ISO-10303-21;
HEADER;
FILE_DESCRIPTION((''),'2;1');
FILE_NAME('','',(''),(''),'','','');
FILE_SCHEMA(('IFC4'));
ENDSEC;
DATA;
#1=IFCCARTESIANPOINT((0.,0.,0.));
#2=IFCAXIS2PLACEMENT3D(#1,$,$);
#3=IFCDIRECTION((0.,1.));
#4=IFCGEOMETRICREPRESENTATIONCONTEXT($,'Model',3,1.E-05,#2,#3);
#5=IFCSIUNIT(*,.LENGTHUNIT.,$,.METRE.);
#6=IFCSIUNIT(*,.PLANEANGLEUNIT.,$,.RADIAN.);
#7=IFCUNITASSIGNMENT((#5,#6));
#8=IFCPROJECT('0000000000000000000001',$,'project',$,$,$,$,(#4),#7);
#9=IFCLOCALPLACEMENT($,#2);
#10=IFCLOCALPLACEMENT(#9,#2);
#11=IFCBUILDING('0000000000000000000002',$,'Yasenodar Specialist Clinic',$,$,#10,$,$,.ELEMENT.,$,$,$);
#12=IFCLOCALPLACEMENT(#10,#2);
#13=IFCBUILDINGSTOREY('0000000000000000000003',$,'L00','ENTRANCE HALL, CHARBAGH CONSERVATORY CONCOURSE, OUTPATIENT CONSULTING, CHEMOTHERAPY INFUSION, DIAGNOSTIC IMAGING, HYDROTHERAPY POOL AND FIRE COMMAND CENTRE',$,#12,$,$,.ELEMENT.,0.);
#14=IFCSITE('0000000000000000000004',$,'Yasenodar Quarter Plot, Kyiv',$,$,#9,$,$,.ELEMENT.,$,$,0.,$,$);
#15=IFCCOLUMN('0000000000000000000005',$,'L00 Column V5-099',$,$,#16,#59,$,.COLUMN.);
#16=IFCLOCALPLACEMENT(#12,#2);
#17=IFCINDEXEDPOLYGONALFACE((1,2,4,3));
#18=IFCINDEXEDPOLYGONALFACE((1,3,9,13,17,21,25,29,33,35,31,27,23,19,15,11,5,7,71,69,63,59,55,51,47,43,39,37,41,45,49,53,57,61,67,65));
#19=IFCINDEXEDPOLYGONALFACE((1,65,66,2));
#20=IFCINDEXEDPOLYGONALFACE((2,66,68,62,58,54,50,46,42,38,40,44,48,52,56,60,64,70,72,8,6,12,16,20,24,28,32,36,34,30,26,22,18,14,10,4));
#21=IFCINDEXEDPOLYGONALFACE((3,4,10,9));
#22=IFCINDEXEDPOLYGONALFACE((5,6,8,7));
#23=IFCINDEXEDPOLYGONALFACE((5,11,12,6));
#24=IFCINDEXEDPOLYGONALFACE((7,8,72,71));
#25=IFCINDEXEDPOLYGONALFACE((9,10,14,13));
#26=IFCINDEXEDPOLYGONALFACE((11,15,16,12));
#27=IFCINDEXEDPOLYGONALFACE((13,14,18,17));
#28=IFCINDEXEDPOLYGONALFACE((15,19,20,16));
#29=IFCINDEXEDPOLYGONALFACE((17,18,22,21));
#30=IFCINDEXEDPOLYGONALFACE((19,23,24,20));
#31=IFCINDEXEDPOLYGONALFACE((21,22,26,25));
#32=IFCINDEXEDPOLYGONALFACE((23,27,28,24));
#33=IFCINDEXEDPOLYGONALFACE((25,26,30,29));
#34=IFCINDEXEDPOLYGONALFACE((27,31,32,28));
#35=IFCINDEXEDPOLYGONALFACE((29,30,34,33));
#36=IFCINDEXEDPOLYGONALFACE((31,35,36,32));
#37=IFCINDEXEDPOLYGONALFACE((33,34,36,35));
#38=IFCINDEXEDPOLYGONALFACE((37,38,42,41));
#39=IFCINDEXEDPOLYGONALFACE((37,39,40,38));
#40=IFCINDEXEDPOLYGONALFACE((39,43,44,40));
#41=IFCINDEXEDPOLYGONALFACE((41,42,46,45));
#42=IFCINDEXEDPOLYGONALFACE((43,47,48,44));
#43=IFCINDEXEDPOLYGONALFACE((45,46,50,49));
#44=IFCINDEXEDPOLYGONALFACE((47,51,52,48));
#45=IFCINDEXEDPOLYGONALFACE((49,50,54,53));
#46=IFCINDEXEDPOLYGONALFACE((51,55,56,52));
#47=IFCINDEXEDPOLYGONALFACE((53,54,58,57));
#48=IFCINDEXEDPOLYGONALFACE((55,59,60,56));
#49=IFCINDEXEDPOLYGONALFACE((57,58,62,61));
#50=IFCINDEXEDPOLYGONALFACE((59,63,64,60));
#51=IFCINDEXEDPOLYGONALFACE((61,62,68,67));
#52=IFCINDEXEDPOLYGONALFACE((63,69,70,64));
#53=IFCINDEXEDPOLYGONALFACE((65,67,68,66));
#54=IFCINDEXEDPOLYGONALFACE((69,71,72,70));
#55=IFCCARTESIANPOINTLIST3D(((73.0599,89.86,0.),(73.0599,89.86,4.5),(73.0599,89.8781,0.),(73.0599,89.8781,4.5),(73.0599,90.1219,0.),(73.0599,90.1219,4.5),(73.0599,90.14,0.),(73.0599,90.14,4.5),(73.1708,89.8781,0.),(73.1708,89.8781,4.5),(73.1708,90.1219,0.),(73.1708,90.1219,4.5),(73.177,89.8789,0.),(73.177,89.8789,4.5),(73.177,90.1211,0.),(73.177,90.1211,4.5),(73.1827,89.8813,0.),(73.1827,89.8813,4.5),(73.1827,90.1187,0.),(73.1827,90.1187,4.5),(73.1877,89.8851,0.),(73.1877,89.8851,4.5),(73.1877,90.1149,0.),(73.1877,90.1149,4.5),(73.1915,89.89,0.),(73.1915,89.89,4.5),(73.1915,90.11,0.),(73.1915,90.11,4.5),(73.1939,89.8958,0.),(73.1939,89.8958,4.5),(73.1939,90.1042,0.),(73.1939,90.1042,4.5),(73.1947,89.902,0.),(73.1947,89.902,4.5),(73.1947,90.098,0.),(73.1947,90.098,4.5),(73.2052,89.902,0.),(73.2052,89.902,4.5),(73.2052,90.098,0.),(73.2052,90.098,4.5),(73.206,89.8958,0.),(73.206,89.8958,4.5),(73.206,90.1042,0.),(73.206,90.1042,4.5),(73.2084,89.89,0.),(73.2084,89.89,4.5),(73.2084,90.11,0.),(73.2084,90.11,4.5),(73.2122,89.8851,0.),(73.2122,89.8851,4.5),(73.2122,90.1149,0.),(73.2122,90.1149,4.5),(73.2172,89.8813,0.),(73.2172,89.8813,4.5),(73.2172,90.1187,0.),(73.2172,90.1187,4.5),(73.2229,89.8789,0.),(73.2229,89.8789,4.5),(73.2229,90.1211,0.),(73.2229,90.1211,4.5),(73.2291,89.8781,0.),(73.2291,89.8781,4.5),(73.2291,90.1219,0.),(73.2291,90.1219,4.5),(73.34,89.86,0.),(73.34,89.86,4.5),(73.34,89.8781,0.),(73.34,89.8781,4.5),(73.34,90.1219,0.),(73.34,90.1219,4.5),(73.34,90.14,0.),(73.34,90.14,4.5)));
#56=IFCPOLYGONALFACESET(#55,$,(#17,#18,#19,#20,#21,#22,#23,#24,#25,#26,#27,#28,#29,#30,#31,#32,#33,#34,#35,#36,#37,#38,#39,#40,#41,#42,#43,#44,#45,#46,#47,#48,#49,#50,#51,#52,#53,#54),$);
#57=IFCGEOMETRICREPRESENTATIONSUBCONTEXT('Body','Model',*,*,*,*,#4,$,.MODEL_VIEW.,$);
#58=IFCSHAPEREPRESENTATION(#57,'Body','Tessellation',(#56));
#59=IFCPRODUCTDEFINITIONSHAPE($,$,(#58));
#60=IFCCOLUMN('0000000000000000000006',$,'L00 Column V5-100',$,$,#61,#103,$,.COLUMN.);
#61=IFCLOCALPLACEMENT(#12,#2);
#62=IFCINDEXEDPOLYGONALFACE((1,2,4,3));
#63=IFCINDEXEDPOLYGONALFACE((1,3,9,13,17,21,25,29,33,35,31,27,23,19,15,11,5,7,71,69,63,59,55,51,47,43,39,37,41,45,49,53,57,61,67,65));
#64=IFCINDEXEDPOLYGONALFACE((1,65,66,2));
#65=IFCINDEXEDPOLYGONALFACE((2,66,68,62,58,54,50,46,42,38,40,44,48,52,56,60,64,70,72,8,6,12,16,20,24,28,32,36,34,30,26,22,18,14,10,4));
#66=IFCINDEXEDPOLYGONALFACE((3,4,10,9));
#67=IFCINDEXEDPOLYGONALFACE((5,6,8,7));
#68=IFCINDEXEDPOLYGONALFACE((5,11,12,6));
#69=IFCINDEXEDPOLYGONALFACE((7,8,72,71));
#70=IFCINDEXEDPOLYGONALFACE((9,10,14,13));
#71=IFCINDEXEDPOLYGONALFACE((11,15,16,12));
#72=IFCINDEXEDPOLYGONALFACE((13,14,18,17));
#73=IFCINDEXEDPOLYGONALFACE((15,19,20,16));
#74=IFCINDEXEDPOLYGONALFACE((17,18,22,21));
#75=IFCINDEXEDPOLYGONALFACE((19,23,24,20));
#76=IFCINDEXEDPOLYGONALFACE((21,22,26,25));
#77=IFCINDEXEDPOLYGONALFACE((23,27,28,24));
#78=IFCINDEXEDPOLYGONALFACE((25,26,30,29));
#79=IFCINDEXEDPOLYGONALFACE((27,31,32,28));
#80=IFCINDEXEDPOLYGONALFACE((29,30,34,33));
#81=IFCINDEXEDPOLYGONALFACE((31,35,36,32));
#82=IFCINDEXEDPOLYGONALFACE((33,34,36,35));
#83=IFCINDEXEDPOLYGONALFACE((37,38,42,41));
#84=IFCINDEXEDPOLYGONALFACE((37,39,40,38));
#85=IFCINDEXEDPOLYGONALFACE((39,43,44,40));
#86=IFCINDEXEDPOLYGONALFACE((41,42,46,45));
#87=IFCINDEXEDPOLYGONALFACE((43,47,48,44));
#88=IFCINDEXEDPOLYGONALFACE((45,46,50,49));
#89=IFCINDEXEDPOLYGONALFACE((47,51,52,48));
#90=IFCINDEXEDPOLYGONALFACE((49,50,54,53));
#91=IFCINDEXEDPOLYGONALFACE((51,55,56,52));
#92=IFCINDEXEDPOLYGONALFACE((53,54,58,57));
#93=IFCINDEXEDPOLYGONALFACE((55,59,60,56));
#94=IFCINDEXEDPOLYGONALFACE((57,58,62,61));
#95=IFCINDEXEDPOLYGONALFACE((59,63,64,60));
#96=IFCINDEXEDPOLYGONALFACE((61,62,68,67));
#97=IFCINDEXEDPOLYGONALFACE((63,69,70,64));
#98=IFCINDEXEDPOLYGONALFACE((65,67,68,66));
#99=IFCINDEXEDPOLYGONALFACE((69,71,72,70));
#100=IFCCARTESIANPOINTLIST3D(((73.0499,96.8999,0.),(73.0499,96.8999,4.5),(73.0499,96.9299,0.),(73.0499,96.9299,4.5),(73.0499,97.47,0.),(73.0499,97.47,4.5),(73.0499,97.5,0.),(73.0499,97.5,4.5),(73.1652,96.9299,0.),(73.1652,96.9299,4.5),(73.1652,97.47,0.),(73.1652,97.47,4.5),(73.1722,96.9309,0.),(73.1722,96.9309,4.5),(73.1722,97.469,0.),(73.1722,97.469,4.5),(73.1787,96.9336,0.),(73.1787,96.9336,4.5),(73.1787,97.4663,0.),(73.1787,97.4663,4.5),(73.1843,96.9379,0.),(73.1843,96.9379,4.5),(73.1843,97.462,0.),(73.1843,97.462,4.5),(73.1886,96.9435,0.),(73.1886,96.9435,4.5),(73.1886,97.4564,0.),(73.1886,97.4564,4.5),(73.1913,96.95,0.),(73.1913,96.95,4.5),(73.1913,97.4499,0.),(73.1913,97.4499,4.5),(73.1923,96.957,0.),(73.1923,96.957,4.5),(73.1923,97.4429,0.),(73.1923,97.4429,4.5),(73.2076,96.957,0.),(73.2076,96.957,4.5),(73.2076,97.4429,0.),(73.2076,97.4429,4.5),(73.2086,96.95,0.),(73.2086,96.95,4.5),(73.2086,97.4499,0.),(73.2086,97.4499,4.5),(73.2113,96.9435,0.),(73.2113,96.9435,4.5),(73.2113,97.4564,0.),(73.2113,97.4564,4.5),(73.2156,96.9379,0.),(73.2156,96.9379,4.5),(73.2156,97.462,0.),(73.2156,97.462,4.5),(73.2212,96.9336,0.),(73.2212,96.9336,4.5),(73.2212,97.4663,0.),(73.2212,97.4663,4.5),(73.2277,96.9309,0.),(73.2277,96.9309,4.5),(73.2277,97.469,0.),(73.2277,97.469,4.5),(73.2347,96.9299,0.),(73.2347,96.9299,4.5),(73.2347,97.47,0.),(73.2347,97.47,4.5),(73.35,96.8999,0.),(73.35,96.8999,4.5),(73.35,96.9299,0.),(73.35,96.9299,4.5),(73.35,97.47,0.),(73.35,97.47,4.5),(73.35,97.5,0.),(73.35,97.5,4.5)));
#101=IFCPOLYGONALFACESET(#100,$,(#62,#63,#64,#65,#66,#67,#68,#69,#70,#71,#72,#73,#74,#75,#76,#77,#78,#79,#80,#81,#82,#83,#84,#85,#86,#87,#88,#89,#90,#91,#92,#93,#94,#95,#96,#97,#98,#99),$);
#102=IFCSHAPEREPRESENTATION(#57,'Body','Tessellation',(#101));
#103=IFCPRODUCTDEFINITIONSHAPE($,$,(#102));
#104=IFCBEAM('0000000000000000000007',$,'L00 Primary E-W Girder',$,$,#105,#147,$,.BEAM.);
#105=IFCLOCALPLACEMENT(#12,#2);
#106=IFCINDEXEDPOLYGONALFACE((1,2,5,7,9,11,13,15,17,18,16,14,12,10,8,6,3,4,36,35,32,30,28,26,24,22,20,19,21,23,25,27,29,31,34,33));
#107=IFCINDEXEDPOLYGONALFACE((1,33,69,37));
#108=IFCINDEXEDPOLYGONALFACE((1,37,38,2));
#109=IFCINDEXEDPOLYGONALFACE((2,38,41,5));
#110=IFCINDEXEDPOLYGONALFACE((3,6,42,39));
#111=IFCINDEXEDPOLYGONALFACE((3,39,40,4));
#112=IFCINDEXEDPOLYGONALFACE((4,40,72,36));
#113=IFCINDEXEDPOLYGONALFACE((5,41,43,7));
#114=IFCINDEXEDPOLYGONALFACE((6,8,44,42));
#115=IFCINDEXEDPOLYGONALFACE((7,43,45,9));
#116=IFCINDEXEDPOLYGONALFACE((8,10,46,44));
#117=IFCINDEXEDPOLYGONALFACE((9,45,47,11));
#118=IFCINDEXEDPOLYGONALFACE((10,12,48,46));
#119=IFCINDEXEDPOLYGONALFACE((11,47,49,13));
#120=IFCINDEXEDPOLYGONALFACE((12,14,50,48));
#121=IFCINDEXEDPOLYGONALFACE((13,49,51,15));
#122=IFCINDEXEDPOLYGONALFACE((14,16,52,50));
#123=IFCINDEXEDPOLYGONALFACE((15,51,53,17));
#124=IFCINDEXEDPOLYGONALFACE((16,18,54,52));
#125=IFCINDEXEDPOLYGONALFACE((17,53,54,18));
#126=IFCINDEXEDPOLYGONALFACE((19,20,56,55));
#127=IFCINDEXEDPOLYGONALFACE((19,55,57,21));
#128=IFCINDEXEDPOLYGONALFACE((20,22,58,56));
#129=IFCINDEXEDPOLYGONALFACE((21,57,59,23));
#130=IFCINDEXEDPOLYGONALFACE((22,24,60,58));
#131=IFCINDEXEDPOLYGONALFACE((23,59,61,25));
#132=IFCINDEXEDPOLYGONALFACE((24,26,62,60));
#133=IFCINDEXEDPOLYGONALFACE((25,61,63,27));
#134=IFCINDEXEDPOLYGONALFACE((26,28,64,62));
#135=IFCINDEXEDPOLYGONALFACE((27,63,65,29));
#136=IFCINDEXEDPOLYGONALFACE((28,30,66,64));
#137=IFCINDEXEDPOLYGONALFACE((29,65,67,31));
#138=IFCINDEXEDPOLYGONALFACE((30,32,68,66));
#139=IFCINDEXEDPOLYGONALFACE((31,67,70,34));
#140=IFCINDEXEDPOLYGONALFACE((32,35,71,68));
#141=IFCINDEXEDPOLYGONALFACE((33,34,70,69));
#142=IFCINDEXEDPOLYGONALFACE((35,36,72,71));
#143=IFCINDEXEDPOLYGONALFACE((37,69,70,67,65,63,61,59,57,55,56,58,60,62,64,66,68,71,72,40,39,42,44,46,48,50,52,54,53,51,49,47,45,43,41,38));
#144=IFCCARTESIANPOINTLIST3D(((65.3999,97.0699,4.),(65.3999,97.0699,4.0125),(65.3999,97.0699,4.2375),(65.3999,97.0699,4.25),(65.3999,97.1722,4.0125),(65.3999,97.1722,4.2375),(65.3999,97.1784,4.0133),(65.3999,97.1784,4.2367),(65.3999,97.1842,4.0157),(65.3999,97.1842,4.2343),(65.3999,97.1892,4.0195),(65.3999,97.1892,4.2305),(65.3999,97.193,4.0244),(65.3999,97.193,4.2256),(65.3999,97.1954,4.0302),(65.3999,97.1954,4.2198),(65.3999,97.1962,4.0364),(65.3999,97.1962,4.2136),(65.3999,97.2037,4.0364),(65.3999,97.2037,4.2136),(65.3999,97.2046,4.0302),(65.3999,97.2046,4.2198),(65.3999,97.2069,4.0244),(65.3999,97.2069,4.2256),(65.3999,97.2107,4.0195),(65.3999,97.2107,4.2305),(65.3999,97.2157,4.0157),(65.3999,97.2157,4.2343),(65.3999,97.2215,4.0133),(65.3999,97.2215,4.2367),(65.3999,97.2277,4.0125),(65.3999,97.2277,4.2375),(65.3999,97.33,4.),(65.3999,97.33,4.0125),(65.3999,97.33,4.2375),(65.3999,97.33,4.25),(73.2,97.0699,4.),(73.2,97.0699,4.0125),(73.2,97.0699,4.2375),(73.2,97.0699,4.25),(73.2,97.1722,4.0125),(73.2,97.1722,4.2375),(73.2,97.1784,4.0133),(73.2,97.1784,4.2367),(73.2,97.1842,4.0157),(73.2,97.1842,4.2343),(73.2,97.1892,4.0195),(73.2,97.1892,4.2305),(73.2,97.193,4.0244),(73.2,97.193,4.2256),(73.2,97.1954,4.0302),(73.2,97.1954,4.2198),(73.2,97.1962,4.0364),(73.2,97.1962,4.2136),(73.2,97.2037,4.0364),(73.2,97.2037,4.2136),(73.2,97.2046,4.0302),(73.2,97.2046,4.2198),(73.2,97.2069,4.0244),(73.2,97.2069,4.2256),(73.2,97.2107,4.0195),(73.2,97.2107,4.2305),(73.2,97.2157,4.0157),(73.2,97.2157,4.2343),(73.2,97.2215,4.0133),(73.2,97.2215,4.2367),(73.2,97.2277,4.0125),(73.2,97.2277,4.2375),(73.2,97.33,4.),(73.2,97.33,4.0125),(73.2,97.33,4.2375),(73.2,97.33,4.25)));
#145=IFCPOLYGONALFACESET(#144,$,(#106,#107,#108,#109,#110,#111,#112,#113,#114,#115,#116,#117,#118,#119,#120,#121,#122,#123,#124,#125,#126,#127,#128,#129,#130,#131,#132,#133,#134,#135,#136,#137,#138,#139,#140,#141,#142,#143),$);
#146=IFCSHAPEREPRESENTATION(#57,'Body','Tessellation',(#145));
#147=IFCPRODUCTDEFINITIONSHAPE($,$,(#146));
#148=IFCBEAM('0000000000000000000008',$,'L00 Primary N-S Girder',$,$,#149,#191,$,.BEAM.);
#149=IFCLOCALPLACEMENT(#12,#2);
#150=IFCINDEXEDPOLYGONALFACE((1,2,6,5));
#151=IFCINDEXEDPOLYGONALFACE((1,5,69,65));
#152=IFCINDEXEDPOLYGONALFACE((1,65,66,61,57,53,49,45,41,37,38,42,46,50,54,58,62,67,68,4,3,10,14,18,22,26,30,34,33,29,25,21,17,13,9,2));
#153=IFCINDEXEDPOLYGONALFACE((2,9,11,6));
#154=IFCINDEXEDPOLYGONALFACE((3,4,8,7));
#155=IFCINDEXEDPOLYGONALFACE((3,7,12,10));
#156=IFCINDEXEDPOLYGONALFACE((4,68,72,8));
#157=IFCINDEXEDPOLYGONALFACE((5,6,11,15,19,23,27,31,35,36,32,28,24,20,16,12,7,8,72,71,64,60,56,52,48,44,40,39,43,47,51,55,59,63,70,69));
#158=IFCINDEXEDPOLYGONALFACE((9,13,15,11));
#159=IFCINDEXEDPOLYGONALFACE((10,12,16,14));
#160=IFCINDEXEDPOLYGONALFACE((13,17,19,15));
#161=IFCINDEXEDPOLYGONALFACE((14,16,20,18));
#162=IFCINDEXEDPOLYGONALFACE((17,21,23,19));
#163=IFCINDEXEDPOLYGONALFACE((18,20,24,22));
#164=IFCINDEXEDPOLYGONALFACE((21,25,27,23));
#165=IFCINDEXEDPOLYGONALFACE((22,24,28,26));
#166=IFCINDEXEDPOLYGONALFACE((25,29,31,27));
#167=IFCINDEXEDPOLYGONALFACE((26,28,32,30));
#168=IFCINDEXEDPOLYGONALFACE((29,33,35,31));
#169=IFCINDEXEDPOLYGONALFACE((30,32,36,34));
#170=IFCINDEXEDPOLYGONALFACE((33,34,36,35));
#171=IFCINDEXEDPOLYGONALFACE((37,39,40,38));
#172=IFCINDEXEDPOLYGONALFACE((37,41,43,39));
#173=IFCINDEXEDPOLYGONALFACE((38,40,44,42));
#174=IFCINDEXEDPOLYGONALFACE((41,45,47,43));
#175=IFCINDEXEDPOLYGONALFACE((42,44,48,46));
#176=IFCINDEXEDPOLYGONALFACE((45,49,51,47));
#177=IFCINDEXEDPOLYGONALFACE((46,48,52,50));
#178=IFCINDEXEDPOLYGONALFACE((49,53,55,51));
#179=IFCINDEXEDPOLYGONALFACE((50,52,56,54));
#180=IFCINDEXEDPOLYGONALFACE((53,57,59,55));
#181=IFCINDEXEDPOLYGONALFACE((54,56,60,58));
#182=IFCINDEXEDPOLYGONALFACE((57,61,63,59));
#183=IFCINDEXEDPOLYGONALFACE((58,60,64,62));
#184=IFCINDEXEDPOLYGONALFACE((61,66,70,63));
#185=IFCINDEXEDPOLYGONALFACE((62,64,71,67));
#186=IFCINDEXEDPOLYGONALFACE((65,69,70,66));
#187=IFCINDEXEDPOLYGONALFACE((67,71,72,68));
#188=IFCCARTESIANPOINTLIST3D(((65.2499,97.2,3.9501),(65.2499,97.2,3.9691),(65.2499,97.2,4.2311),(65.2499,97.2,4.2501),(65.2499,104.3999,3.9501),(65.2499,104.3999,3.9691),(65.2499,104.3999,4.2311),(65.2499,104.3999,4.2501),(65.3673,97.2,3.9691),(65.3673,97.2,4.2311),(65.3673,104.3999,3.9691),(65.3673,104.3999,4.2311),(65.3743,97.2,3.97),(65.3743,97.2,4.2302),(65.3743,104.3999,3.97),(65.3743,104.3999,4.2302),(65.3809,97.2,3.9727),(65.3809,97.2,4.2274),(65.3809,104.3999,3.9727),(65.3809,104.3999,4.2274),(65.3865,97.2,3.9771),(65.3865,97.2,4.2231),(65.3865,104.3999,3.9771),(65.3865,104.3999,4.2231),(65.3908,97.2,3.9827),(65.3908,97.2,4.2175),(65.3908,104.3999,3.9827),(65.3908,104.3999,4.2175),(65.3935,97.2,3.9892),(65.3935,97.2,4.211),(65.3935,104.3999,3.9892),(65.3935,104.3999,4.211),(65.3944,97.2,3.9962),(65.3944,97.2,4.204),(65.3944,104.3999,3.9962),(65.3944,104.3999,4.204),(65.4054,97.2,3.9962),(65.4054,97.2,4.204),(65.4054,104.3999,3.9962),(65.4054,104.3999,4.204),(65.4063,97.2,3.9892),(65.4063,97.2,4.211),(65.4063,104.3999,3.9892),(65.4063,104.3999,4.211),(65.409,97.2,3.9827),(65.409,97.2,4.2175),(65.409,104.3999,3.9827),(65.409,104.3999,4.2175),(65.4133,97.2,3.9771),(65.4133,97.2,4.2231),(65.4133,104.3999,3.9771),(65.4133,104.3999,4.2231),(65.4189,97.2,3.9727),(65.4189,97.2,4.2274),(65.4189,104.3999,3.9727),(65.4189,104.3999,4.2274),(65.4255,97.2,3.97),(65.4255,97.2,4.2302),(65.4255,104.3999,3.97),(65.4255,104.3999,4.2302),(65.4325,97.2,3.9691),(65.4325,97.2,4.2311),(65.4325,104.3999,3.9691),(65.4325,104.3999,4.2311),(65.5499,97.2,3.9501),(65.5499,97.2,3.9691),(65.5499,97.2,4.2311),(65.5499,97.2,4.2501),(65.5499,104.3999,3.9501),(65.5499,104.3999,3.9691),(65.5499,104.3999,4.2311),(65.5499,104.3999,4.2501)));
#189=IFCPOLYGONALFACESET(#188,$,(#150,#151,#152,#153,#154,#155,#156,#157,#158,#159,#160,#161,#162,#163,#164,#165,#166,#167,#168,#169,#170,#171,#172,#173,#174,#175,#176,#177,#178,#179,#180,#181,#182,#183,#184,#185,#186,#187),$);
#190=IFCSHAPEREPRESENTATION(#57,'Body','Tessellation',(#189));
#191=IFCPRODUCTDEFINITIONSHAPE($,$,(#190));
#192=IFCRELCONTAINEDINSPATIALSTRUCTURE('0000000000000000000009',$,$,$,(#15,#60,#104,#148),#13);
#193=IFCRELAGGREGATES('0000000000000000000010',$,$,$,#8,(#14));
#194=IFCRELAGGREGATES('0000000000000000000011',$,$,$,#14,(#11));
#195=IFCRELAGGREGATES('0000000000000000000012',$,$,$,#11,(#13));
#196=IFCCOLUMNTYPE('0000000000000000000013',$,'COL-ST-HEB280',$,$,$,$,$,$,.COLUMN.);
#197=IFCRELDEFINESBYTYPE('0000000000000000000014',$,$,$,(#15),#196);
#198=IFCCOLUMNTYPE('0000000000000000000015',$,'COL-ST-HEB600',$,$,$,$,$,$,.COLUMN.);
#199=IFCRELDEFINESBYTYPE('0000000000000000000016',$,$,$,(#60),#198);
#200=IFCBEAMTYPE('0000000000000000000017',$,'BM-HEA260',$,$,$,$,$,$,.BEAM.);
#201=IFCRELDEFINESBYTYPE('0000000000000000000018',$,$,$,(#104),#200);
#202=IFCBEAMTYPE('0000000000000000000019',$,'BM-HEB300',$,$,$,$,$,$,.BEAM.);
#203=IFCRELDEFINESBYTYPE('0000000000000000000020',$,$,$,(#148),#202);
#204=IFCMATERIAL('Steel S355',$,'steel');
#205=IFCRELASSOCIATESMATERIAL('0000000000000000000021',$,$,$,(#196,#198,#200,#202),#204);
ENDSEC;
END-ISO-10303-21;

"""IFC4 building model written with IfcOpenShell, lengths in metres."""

from ifc_helpers import new_model, si_unit, direction, frame, origin, origin_2d, place, context, subcontext, project, spatial, i_section, extrude, material, material_profile, profile_set, type_object, element, save


model = new_model("IFC4")

# Units and contexts
model_context = context("Model", 3, precision=1e-05, world=origin(), true_north=direction((0.0, 1.0)))
body_context = subcontext(model_context, "Body", "Model", "MODEL_VIEW")
ifc_project = project(units=[si_unit("LENGTHUNIT", "METRE"), si_unit("PLANEANGLEUNIT", "RADIAN")], contexts=[model_context])

# Site, building, storey
site_placement = place(None, origin())
site = spatial("IfcSite", under=ifc_project, at=site_placement, Name="Yasenodar Quarter Plot, Kyiv", CompositionType="ELEMENT", RefElevation=0.0)
building_placement = place(site_placement, origin())
building = spatial("IfcBuilding", under=site, at=building_placement, Name="Yasenodar Specialist Clinic", CompositionType="ELEMENT")
storey_placement = place(building_placement, origin())
storey = spatial("IfcBuildingStorey", under=building, at=storey_placement, Name="L00", Description="ENTRANCE HALL, CHARBAGH CONSERVATORY CONCOURSE, OUTPATIENT CONSULTING, CHEMOTHERAPY INFUSION, DIAGNOSTIC IMAGING, HYDROTHERAPY POOL AND FIRE COMMAND CENTRE", CompositionType="ELEMENT", Elevation=0.0)

# Columns
ifc_material_1 = material(Name="Steel S355", Category="steel")
ifc_material_profile_1 = material_profile(ifc_material_1, i_section(OverallWidth=0.28, OverallDepth=0.28, WebThickness=0.0105, FlangeThickness=0.0181, FilletRadius=0.0239, at=origin_2d()), Name="HEB 280")
ifc_profile_set_1 = profile_set([ifc_material_profile_1], Name="Steel S355")
column_type_1 = type_object("IfcColumnType", Name="COL-ST-HEB280", PredefinedType="COLUMN", material=ifc_profile_set_1)
column_1_placement = place(storey_placement, frame((73.2, 90.0, 0.0), z_axis=(0.0, 0.0, 1.0), x_axis=(1.0, 0.0, 0.0)))
element("IfcColumn", 1, at=column_1_placement, inside=storey, type_object=column_type_1, Name="L00 Column V5-099", PredefinedType="COLUMN", context=body_context, shape_type="SweptSolid", body=[
    extrude(i_section(OverallWidth=0.28, OverallDepth=0.28, WebThickness=0.0105, FlangeThickness=0.0181, FilletRadius=0.0239, at=origin_2d()), origin(), (0.0, 0.0, 1.0), 4.5),
])
ifc_material_profile_2 = material_profile(ifc_material_1, i_section(OverallWidth=0.3, OverallDepth=0.6001, WebThickness=0.0154, FlangeThickness=0.03, FilletRadius=0.0271, at=origin_2d()), Name="HEB 600")
ifc_profile_set_2 = profile_set([ifc_material_profile_2], Name="Steel S355")
column_type_2 = type_object("IfcColumnType", Name="COL-ST-HEB600", PredefinedType="COLUMN", material=ifc_profile_set_2)
column_2_placement = place(storey_placement, frame((73.2, 97.2, 0.0), z_axis=(0.0, 0.0, 1.0), x_axis=(1.0, 0.0, 0.0)))
element("IfcColumn", 2, at=column_2_placement, inside=storey, type_object=column_type_2, Name="L00 Column V5-100", PredefinedType="COLUMN", context=body_context, shape_type="SweptSolid", body=[
    extrude(i_section(OverallWidth=0.3, OverallDepth=0.6001, WebThickness=0.0154, FlangeThickness=0.03, FilletRadius=0.0271, at=origin_2d()), origin(), (0.0, 0.0, 1.0), 4.5),
])

# Beams
ifc_material_profile_3 = material_profile(ifc_material_1, i_section(OverallWidth=0.26, OverallDepth=0.25, WebThickness=0.0076, FlangeThickness=0.0125, FilletRadius=0.0239, at=origin_2d()), Name="HEA 260")
ifc_profile_set_3 = profile_set([ifc_material_profile_3], Name="Steel S355")
beam_type_1 = type_object("IfcBeamType", Name="BM-HEA260", PredefinedType="BEAM", material=ifc_profile_set_3)
beam_1_placement = place(storey_placement, frame((65.3999, 97.2, 4.125), z_axis=(1.0, 0.0, 0.0), x_axis=(0.0, 1.0, 0.0)))
element("IfcBeam", 3, at=beam_1_placement, inside=storey, type_object=beam_type_1, Name="L00 Primary E-W Girder", PredefinedType="BEAM", context=body_context, shape_type="SweptSolid", body=[
    extrude(i_section(OverallWidth=0.26, OverallDepth=0.25, WebThickness=0.0076, FlangeThickness=0.0125, FilletRadius=0.0239, at=origin_2d()), origin(), (0.0, 0.0, 1.0), 7.8),
])
ifc_material_profile_4 = material_profile(ifc_material_1, i_section(OverallWidth=0.3, OverallDepth=0.3, WebThickness=0.011, FlangeThickness=0.019, FilletRadius=0.0271, at=origin_2d()), Name="HEB 300")
ifc_profile_set_4 = profile_set([ifc_material_profile_4], Name="Steel S355")
beam_type_2 = type_object("IfcBeamType", Name="BM-HEB300", PredefinedType="BEAM", material=ifc_profile_set_4)
beam_2_placement = place(storey_placement, frame((65.3999, 97.2, 4.1001), z_axis=(0.0, 1.0, 0.0), x_axis=(-1.0, 0.0, 0.0)))
element("IfcBeam", 4, at=beam_2_placement, inside=storey, type_object=beam_type_2, Name="L00 Primary N-S Girder", PredefinedType="BEAM", context=body_context, shape_type="SweptSolid", body=[
    extrude(i_section(OverallWidth=0.3, OverallDepth=0.3, WebThickness=0.011, FlangeThickness=0.019, FilletRadius=0.0271, at=origin_2d()), origin(), (0.0, 0.0, 1.0), 7.2),
])

save(model, "model.ifc")
